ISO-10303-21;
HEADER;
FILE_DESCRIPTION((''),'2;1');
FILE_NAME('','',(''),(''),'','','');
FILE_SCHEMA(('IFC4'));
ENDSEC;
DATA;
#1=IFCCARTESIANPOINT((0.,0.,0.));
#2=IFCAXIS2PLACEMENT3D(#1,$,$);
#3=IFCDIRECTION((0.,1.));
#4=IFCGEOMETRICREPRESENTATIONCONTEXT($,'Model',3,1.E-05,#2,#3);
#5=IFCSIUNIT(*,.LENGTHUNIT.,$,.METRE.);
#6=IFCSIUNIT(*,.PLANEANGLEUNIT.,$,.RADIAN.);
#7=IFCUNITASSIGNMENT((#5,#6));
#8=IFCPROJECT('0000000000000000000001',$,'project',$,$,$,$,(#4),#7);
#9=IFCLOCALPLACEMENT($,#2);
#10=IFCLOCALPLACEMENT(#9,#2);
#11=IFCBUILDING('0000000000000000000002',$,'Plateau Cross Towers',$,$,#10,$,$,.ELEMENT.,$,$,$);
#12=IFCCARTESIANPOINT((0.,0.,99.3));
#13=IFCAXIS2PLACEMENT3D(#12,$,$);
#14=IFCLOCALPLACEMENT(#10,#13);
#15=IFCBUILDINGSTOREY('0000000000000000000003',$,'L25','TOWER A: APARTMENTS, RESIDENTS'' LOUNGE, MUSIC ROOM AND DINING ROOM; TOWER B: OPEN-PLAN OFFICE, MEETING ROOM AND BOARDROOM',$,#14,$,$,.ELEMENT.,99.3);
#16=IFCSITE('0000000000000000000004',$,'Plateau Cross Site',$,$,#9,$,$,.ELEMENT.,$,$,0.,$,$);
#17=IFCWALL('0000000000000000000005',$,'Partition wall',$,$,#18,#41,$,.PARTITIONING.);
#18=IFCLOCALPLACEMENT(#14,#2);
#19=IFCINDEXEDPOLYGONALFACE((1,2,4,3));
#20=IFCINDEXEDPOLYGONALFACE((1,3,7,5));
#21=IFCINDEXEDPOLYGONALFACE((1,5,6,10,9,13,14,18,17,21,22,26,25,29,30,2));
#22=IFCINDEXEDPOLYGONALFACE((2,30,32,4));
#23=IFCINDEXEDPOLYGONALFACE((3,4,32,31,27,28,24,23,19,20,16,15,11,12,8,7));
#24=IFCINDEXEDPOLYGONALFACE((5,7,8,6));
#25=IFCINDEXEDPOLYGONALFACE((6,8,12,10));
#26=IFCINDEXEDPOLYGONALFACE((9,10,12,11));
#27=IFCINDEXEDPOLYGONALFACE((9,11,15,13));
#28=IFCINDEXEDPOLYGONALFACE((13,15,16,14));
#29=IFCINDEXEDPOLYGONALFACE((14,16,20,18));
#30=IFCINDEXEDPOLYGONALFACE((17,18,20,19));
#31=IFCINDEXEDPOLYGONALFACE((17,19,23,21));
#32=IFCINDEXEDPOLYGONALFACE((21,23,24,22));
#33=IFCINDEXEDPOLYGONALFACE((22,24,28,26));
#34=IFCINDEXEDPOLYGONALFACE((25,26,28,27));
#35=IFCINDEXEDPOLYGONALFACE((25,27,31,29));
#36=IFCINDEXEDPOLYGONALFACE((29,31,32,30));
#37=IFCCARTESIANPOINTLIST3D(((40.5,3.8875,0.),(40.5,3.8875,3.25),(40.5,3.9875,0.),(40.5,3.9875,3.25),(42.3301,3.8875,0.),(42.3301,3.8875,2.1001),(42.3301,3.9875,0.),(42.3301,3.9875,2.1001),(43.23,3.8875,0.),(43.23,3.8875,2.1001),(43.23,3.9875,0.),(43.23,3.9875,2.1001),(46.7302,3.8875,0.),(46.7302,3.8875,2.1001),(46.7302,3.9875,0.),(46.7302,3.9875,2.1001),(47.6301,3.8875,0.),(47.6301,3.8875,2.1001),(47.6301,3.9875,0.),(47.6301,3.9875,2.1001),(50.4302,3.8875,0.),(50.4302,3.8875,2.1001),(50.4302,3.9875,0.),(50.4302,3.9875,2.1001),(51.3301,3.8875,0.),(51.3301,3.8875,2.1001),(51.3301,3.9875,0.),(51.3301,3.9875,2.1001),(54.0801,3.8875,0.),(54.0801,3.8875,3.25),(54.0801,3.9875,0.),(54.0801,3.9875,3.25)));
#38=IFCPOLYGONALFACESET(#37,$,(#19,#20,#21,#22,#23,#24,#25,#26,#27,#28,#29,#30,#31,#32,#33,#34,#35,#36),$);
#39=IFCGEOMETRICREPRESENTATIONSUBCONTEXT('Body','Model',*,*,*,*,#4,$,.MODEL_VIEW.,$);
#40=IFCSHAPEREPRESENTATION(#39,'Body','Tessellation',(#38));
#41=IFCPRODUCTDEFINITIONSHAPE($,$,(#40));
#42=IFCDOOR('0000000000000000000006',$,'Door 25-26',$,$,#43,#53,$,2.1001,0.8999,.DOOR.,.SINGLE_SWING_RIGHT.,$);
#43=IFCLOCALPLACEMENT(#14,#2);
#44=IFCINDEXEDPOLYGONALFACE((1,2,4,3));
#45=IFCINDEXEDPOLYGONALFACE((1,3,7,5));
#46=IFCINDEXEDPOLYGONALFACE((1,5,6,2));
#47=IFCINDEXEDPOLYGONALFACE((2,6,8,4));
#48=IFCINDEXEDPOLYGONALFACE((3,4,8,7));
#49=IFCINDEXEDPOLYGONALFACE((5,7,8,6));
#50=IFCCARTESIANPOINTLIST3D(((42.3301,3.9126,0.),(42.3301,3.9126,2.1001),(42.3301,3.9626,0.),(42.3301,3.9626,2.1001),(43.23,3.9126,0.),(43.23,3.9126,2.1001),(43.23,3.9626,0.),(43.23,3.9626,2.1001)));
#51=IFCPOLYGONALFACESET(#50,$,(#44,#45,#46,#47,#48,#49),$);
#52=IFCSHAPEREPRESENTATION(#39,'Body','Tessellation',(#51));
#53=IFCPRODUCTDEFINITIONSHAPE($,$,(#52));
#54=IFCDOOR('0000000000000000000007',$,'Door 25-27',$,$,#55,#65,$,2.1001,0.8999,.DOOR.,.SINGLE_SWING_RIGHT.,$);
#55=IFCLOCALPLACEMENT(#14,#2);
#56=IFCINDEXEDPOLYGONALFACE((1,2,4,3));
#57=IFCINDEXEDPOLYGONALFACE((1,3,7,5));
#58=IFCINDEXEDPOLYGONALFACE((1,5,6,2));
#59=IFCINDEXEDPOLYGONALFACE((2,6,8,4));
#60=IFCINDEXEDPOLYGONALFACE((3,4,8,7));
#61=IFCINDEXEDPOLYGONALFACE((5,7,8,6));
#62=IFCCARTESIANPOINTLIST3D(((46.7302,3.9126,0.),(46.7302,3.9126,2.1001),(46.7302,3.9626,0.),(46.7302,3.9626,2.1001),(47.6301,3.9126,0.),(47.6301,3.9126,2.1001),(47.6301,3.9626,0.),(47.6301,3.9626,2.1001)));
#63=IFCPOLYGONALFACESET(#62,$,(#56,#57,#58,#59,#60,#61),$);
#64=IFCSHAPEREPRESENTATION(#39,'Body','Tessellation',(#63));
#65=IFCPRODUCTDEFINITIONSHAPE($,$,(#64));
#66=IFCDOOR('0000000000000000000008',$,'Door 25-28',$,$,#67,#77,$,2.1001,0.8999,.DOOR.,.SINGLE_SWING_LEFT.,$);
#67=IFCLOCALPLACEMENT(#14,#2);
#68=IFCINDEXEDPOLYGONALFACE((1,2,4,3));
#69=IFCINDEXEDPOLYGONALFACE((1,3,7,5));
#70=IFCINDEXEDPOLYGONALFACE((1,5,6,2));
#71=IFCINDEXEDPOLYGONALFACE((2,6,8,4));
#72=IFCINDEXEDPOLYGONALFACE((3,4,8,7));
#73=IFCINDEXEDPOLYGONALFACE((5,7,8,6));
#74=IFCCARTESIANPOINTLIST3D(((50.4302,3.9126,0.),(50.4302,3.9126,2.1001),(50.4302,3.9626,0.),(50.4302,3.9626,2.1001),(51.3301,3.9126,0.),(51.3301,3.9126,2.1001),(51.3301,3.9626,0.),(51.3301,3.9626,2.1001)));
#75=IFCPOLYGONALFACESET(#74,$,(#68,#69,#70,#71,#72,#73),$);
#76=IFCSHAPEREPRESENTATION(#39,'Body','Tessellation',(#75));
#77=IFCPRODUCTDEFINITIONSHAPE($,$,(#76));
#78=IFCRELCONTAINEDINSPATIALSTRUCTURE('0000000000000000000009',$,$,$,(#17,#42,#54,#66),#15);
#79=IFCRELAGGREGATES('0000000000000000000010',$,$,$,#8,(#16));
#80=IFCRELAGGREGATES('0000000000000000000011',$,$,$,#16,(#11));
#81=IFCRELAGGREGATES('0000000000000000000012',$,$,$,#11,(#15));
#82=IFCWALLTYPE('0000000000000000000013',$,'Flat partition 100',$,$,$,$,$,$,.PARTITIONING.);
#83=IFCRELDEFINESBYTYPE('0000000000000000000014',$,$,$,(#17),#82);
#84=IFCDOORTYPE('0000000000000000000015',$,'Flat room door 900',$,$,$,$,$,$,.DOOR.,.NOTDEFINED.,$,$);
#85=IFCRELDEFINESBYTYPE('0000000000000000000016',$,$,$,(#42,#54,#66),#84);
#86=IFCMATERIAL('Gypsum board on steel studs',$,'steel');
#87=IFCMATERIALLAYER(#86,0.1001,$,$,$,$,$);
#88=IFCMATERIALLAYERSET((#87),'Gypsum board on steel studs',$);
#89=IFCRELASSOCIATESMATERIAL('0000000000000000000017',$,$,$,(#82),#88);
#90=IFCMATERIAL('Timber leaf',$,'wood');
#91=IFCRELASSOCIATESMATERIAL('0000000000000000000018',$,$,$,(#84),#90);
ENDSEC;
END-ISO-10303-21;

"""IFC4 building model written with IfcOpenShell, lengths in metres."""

from ifc_helpers import new_model, si_unit, direction, frame, frame_2d, origin, place, context, subcontext, project, spatial, rectangle, extrude, material, layer, layer_set, type_object, element, fill, save


model = new_model("IFC4")

# Units and contexts
model_context = context("Model", 3, precision=1e-05, world=origin(), true_north=direction((0.0, 1.0)))
body_context = subcontext(model_context, "Body", "Model", "MODEL_VIEW")
ifc_project = project(units=[si_unit("LENGTHUNIT", "METRE"), si_unit("PLANEANGLEUNIT", "RADIAN")], contexts=[model_context])

# Site, building, storey
site_placement = place(None, origin())
site = spatial("IfcSite", under=ifc_project, at=site_placement, Name="Plateau Cross Site", CompositionType="ELEMENT", RefElevation=0.0)
building_placement = place(site_placement, origin())
building = spatial("IfcBuilding", under=site, at=building_placement, Name="Plateau Cross Towers", CompositionType="ELEMENT")
storey_placement = place(building_placement, frame((0.0, 0.0, 99.3)))
storey = spatial("IfcBuildingStorey", under=building, at=storey_placement, Name="L25", Description="TOWER A: APARTMENTS, RESIDENTS' LOUNGE, MUSIC ROOM AND DINING ROOM; TOWER B: OPEN-PLAN OFFICE, MEETING ROOM AND BOARDROOM", CompositionType="ELEMENT", Elevation=99.3)

# Wall, openings, doors
ifc_material_1 = material(Name="Gypsum board on steel studs", Category="steel")
ifc_layer_1 = layer(ifc_material_1, 0.1001)
ifc_layer_set_1 = layer_set([ifc_layer_1], Name="Gypsum board on steel studs")
wall_type = type_object("IfcWallType", Name="Flat partition 100", PredefinedType="PARTITIONING", material=ifc_layer_set_1)
wall_placement = place(storey_placement, frame((54.0801, 3.9375, 0.0), z_axis=(0.0, 0.0, 1.0), x_axis=(-1.0, 0.0, 0.0)))
wall = element("IfcWall", 1, at=wall_placement, inside=storey, type_object=wall_type, Name="Partition wall", PredefinedType="PARTITIONING", context=body_context, shape_type="SweptSolid", body=[
    extrude(rectangle(XDim=13.5801, YDim=0.1001, at=frame_2d((6.79, 0.0))), origin(), (0.0, 0.0, 1.0), 3.25),
])
opening_1_placement = place(wall_placement, frame((10.8501, 0.0, 0.0)))
opening_1 = element("IfcOpeningElement", 2, at=opening_1_placement, cuts=wall, PredefinedType="OPENING", context=body_context, shape_type="SweptSolid", body=[
    extrude(rectangle(XDim=0.8999, YDim=2.1001, at=frame_2d((0.45, 1.05))), frame((0.0, 0.0601, 0.0), z_axis=(0.0, -1.0, 0.0), x_axis=(1.0, 0.0, 0.0)), (0.0, 0.0, 1.0), 0.1201),
])
opening_2_placement = place(wall_placement, frame((6.45, 0.0, 0.0)))
opening_2 = element("IfcOpeningElement", 3, at=opening_2_placement, cuts=wall, PredefinedType="OPENING", context=body_context, shape_type="SweptSolid", body=[
    extrude(rectangle(XDim=0.8999, YDim=2.1001, at=frame_2d((0.45, 1.05))), frame((0.0, 0.0601, 0.0), z_axis=(0.0, -1.0, 0.0), x_axis=(1.0, 0.0, 0.0)), (0.0, 0.0, 1.0), 0.1201),
])
opening_3_placement = place(wall_placement, frame((2.75, 0.0, 0.0)))
opening_3 = element("IfcOpeningElement", 4, at=opening_3_placement, cuts=wall, PredefinedType="OPENING", context=body_context, shape_type="SweptSolid", body=[
    extrude(rectangle(XDim=0.8999, YDim=2.1001, at=frame_2d((0.45, 1.05))), frame((0.0, 0.0601, 0.0), z_axis=(0.0, -1.0, 0.0), x_axis=(1.0, 0.0, 0.0)), (0.0, 0.0, 1.0), 0.1201),
])
ifc_material_2 = material(Name="Timber leaf", Category="wood")
door_type = type_object("IfcDoorType", Name="Flat room door 900", OperationType="NOTDEFINED", PredefinedType="DOOR", material=ifc_material_2)
door_1_placement = place(opening_1_placement, origin())
door_1 = element("IfcDoor", 5, at=door_1_placement, inside=storey, type_object=door_type, Name="Door 25-26", OperationType="SINGLE_SWING_RIGHT", OverallHeight=2.1001, OverallWidth=0.8999, PredefinedType="DOOR", context=body_context, shape_type="SweptSolid", body=[
    extrude(rectangle(XDim=0.8999, YDim=2.1001, at=frame_2d((0.45, 1.05))), frame((0.0, 0.0249, 0.0), z_axis=(0.0, -1.0, 0.0), x_axis=(1.0, 0.0, 0.0)), (0.0, 0.0, 1.0), 0.05),
])
fill(opening_1, door_1)
door_2_placement = place(opening_2_placement, origin())
door_2 = element("IfcDoor", 6, at=door_2_placement, inside=storey, type_object=door_type, Name="Door 25-27", OperationType="SINGLE_SWING_RIGHT", OverallHeight=2.1001, OverallWidth=0.8999, PredefinedType="DOOR", context=body_context, shape_type="SweptSolid", body=[
    extrude(rectangle(XDim=0.8999, YDim=2.1001, at=frame_2d((0.45, 1.05))), frame((0.0, 0.0249, 0.0), z_axis=(0.0, -1.0, 0.0), x_axis=(1.0, 0.0, 0.0)), (0.0, 0.0, 1.0), 0.05),
])
fill(opening_2, door_2)
door_3_placement = place(opening_3_placement, origin())
door_3 = element("IfcDoor", 7, at=door_3_placement, inside=storey, type_object=door_type, Name="Door 25-28", OperationType="SINGLE_SWING_LEFT", OverallHeight=2.1001, OverallWidth=0.8999, PredefinedType="DOOR", context=body_context, shape_type="SweptSolid", body=[
    extrude(rectangle(XDim=0.8999, YDim=2.1001, at=frame_2d((0.45, 1.05))), frame((0.0, 0.0249, 0.0), z_axis=(0.0, -1.0, 0.0), x_axis=(1.0, 0.0, 0.0)), (0.0, 0.0, 1.0), 0.05),
])
fill(opening_3, door_3)

save(model, "model.ifc")
